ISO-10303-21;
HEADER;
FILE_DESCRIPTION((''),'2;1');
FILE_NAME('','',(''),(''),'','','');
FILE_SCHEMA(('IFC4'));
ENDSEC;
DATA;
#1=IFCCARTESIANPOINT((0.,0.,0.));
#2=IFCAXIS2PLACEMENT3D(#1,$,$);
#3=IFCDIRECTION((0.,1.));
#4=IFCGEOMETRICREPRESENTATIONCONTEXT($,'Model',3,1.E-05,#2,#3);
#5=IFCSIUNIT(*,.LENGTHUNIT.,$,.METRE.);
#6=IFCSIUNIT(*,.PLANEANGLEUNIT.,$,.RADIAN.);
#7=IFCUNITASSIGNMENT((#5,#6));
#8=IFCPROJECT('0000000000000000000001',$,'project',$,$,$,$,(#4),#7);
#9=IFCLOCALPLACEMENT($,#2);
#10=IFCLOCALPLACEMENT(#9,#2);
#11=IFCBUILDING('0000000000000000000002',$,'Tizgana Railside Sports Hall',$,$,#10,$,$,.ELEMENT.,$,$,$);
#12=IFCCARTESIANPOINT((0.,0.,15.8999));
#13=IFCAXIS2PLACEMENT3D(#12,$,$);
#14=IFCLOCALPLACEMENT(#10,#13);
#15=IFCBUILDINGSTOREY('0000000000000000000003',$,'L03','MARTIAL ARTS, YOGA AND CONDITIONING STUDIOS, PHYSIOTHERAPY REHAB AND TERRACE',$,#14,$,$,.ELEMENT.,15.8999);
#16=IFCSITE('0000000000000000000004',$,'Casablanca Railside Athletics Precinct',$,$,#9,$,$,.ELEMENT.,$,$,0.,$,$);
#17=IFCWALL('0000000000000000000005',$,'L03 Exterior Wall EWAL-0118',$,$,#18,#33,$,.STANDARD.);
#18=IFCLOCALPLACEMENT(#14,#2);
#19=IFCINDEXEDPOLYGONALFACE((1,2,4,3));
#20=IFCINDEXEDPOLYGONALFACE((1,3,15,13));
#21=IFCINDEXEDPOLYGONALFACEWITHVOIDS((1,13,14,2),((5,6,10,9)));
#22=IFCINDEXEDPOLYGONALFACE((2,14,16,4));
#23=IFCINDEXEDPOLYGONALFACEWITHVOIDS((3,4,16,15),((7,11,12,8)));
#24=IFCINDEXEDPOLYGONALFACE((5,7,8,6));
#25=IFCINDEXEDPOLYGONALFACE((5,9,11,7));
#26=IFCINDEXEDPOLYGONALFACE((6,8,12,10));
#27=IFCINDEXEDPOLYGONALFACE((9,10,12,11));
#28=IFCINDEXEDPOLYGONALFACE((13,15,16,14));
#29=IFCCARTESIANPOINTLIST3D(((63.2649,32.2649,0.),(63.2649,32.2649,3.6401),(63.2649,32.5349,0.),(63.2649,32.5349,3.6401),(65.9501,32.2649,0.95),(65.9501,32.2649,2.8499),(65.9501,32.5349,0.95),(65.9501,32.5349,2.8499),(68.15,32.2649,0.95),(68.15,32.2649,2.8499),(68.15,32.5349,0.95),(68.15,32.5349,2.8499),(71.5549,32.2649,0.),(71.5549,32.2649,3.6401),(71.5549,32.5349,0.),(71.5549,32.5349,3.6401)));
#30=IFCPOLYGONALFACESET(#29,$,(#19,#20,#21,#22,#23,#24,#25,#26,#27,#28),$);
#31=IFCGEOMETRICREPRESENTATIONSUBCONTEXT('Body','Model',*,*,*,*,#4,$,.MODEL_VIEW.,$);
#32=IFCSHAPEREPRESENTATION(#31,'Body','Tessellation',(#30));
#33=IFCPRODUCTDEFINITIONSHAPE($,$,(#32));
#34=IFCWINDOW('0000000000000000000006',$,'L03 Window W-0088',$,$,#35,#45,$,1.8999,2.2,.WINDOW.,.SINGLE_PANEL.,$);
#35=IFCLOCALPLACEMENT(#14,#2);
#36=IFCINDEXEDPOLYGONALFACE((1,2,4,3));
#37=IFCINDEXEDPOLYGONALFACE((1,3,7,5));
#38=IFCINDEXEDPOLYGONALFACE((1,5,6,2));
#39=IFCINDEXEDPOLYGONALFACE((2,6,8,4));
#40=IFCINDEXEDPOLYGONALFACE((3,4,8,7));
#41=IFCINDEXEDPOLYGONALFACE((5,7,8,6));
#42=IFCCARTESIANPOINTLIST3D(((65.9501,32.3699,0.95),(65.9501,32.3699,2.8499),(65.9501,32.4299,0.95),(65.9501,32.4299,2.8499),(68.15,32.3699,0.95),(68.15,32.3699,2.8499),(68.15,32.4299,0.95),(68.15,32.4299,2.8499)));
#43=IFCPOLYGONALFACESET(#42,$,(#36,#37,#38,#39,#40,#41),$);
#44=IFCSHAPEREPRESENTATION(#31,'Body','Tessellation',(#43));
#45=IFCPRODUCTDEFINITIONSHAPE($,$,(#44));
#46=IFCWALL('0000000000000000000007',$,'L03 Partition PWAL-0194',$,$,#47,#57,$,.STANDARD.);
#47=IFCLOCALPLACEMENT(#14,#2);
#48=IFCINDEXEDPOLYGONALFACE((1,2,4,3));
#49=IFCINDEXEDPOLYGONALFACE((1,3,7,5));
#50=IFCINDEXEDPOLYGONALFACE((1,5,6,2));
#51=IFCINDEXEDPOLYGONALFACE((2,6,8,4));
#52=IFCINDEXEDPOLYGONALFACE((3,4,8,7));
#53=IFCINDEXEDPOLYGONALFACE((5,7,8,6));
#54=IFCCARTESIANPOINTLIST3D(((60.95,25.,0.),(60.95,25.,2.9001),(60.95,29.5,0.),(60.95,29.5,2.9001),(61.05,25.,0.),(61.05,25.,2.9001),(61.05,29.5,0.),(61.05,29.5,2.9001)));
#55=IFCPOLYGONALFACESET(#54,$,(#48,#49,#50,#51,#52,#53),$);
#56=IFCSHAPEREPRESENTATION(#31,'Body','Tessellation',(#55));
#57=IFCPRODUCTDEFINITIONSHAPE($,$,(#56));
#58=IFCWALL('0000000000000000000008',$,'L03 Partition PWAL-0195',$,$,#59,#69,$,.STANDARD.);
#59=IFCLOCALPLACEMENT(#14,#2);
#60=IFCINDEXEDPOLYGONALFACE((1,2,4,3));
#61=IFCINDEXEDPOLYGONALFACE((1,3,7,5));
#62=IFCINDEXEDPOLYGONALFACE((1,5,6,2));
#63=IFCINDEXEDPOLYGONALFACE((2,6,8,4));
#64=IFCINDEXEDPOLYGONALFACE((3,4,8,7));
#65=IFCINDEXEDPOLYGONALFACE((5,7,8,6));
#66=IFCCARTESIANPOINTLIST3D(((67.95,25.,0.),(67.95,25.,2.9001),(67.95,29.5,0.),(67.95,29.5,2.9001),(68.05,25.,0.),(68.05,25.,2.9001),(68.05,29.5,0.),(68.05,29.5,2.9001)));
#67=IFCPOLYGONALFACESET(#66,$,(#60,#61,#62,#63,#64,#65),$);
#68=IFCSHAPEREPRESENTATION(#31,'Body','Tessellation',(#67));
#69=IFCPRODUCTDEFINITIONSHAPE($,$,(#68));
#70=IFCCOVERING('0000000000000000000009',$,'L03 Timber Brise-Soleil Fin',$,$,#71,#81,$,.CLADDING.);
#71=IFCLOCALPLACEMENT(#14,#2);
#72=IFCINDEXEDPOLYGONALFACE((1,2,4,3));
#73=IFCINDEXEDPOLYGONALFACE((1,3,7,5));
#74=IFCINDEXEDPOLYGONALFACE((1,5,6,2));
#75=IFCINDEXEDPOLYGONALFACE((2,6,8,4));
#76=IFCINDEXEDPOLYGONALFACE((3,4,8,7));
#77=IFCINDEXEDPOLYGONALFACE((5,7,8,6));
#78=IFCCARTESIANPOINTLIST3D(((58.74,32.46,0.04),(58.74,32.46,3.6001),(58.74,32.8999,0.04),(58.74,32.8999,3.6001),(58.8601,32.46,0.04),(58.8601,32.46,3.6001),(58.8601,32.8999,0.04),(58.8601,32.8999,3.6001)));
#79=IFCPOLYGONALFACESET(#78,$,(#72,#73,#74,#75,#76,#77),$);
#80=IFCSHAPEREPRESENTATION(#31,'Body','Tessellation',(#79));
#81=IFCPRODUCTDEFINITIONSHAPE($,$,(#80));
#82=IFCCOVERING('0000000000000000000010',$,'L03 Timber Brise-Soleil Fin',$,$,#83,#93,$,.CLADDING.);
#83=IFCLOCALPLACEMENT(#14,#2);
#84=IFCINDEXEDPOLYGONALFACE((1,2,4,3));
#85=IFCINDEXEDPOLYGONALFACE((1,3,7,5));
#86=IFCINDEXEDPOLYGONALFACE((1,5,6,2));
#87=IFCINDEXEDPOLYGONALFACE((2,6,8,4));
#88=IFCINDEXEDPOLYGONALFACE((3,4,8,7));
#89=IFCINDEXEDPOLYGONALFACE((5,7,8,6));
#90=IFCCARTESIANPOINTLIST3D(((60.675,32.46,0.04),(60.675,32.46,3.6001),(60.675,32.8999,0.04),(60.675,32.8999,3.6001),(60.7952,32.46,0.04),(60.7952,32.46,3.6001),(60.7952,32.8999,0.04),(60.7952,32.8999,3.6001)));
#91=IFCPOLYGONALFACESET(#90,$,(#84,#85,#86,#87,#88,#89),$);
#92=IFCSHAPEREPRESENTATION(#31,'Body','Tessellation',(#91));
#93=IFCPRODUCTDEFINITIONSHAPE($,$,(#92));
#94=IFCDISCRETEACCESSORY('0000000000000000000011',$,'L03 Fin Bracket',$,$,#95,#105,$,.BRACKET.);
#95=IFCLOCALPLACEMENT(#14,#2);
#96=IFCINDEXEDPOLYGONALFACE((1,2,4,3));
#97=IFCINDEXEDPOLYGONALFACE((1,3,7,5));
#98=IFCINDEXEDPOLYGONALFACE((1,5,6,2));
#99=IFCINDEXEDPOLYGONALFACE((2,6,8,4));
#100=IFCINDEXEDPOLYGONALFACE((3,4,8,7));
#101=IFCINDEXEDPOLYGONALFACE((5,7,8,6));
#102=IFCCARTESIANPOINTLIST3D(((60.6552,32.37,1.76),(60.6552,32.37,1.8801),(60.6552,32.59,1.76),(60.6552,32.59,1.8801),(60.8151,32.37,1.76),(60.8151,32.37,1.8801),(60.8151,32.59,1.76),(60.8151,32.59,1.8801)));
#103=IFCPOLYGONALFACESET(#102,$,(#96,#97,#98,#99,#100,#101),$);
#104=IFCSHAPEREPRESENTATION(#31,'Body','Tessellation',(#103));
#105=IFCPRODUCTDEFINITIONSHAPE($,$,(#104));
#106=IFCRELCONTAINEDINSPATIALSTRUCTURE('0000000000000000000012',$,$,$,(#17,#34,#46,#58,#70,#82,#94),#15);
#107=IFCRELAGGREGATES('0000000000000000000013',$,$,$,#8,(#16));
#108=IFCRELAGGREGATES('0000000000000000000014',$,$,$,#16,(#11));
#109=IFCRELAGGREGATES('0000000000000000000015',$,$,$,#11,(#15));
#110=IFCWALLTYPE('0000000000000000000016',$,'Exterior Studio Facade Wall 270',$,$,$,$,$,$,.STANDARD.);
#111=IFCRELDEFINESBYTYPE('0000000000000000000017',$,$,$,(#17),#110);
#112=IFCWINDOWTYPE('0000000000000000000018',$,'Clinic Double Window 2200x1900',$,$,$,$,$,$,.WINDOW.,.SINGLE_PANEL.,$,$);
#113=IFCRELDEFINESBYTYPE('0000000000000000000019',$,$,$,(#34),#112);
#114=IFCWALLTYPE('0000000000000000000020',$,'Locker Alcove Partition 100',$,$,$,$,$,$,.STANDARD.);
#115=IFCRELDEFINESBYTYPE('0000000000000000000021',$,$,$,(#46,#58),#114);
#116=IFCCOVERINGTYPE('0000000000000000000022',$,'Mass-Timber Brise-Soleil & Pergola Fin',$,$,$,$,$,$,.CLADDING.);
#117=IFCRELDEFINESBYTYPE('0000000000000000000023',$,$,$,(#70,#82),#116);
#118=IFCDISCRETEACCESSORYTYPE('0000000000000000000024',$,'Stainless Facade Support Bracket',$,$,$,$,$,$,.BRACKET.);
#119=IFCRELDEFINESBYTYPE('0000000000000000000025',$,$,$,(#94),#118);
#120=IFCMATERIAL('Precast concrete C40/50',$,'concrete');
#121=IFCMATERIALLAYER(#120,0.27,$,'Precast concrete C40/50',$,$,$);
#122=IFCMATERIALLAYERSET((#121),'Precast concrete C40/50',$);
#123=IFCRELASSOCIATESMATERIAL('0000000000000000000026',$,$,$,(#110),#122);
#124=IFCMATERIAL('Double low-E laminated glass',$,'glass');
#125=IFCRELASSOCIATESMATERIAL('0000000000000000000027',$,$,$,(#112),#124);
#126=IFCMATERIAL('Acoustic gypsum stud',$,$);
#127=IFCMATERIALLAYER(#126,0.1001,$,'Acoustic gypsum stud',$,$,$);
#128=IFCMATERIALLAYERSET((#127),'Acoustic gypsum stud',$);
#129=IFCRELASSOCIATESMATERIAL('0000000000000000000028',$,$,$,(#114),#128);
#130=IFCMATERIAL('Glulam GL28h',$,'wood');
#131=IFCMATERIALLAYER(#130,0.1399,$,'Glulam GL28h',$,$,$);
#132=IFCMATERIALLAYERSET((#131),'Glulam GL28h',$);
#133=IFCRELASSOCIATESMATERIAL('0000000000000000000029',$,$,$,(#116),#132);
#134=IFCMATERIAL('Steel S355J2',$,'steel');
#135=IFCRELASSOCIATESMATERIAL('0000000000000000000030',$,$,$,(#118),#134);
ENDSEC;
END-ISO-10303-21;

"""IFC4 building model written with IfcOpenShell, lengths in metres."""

from ifc_helpers import new_model, si_unit, direction, frame, frame_2d, origin, origin_2d, place, context, subcontext, project, spatial, rectangle, extrude, material, layer, layer_set, type_object, element, fill, save


model = new_model("IFC4")

# Units and contexts
model_context = context("Model", 3, precision=1e-05, world=origin(), true_north=direction((0.0, 1.0)))
body_context = subcontext(model_context, "Body", "Model", "MODEL_VIEW")
ifc_project = project(units=[si_unit("LENGTHUNIT", "METRE"), si_unit("PLANEANGLEUNIT", "RADIAN")], contexts=[model_context])

# Site, building, storey
site_placement = place(None, origin())
site = spatial("IfcSite", under=ifc_project, at=site_placement, Name="Casablanca Railside Athletics Precinct", CompositionType="ELEMENT", RefElevation=0.0)
building_placement = place(site_placement, origin())
building = spatial("IfcBuilding", under=site, at=building_placement, Name="Tizgana Railside Sports Hall", CompositionType="ELEMENT")
storey_placement = place(building_placement, frame((0.0, 0.0, 15.8999)))
storey = spatial("IfcBuildingStorey", under=building, at=storey_placement, Name="L03", Description="MARTIAL ARTS, YOGA AND CONDITIONING STUDIOS, PHYSIOTHERAPY REHAB AND TERRACE", CompositionType="ELEMENT", Elevation=15.8999)

# Shared definitions
ifc_material_1 = material(Name="Steel S355J2", Category="steel")

# Shared definitions
ifc_material_2 = material(Name="Double low-E laminated glass", Category="glass")

# Wall, opening, window
ifc_material_3 = material(Name="Precast concrete C40/50", Category="concrete")
ifc_layer_1 = layer(ifc_material_3, 0.27, Name="Precast concrete C40/50")
ifc_layer_set_1 = layer_set([ifc_layer_1], Name="Precast concrete C40/50")
wall_type_1 = type_object("IfcWallType", Name="Exterior Studio Facade Wall 270", PredefinedType="STANDARD", material=ifc_layer_set_1)
wall_placement = place(storey_placement, frame((63.2649, 32.3999, 0.0), z_axis=(0.0, 0.0, 1.0), x_axis=(1.0, 0.0, 0.0)))
wall = element("IfcWall", 1, at=wall_placement, inside=storey, type_object=wall_type_1, Name="L03 Exterior Wall EWAL-0118", PredefinedType="STANDARD", context=body_context, shape_type="SweptSolid", body=[
    extrude(rectangle(XDim=8.29, YDim=0.27, at=frame_2d((4.145, 0.0))), origin(), (0.0, 0.0, 1.0), 3.6401),
])
opening_placement = place(wall_placement, frame((2.6851, 0.0, 0.95)))
opening = element("IfcOpeningElement", 2, at=opening_placement, cuts=wall, PredefinedType="OPENING", context=body_context, shape_type="SweptSolid", body=[
    extrude(rectangle(XDim=2.2, YDim=1.8999, at=frame_2d((1.1001, 0.95))), frame((0.0, 0.145, 0.0), z_axis=(0.0, -1.0, 0.0), x_axis=(1.0, 0.0, 0.0)), (0.0, 0.0, 1.0), 0.29),
])
window_type = type_object("IfcWindowType", Name="Clinic Double Window 2200x1900", PartitioningType="SINGLE_PANEL", PredefinedType="WINDOW", material=ifc_material_2)
window_placement = place(opening_placement, origin())
window = element("IfcWindow", 3, at=window_placement, inside=storey, type_object=window_type, Name="L03 Window W-0088", OverallHeight=1.8999, OverallWidth=2.2, PartitioningType="SINGLE_PANEL", PredefinedType="WINDOW", context=body_context, shape_type="SweptSolid", body=[
    extrude(rectangle(XDim=2.2, YDim=1.8999, at=frame_2d((1.1001, 0.95))), frame((0.0, 0.03, 0.0), z_axis=(0.0, -1.0, 0.0), x_axis=(1.0, 0.0, 0.0)), (0.0, 0.0, 1.0), 0.0601),
])
fill(opening, window)

# Walls
ifc_material_4 = material(Name="Acoustic gypsum stud")
ifc_layer_2 = layer(ifc_material_4, 0.1001, Name="Acoustic gypsum stud")
ifc_layer_set_2 = layer_set([ifc_layer_2], Name="Acoustic gypsum stud")
wall_type_2 = type_object("IfcWallType", Name="Locker Alcove Partition 100", PredefinedType="STANDARD", material=ifc_layer_set_2)
for number, where, z_axis, x_axis, name in (
    (4, (61.0, 25.0, 0.0), (0.0, 0.0, 1.0), (0.0, 1.0, 0.0), "L03 Partition PWAL-0194"),
    (5, (68.0, 25.0, 0.0), (0.0, 0.0, 1.0), (0.0, 1.0, 0.0), "L03 Partition PWAL-0195"),
):
    element("IfcWall", number, at=place(storey_placement, frame(where, z_axis=z_axis, x_axis=x_axis)), inside=storey, type_object=wall_type_2, Name=name, PredefinedType="STANDARD", context=body_context, shape_type="SweptSolid", body=[
        extrude(rectangle(XDim=4.5, YDim=0.1001, at=frame_2d((2.25, 0.0))), origin(), (0.0, 0.0, 1.0), 2.9001),
    ])

# Coverings
ifc_material_5 = material(Name="Glulam GL28h", Category="wood")
ifc_layer_3 = layer(ifc_material_5, 0.1399, Name="Glulam GL28h")
ifc_layer_set_3 = layer_set([ifc_layer_3], Name="Glulam GL28h")
covering_type = type_object("IfcCoveringType", Name="Mass-Timber Brise-Soleil & Pergola Fin", PredefinedType="CLADDING", material=ifc_layer_set_3)
for number, where, z_axis, x_axis, name in (
    (6, (58.8, 32.6799, 0.04), (0.0, 0.0, 1.0), (1.0, 0.0, 0.0), "L03 Timber Brise-Soleil Fin"),
    (7, (60.7351, 32.6799, 0.04), (0.0, 0.0, 1.0), (1.0, 0.0, 0.0), "L03 Timber Brise-Soleil Fin"),
):
    element("IfcCovering", number, at=place(storey_placement, frame(where, z_axis=z_axis, x_axis=x_axis)), inside=storey, type_object=covering_type, Name=name, PredefinedType="CLADDING", context=body_context, shape_type="SweptSolid", body=[
        extrude(rectangle(XDim=0.1201, YDim=0.4399, at=origin_2d()), origin(), (0.0, 0.0, 1.0), 3.5601),
    ])

# Discrete accessory
discrete_accessory_type = type_object("IfcDiscreteAccessoryType", Name="Stainless Facade Support Bracket", PredefinedType="BRACKET", material=ifc_material_1)
discrete_accessory_placement = place(storey_placement, frame((60.7351, 32.48, 1.76), z_axis=(0.0, 0.0, 1.0), x_axis=(1.0, 0.0, 0.0)))
element("IfcDiscreteAccessory", 8, at=discrete_accessory_placement, inside=storey, type_object=discrete_accessory_type, Name="L03 Fin Bracket", PredefinedType="BRACKET", context=body_context, shape_type="SweptSolid", body=[
    extrude(rectangle(XDim=0.1599, YDim=0.22, at=origin_2d()), origin(), (0.0, 0.0, 1.0), 0.1201),
])

save(model, "model.ifc")
